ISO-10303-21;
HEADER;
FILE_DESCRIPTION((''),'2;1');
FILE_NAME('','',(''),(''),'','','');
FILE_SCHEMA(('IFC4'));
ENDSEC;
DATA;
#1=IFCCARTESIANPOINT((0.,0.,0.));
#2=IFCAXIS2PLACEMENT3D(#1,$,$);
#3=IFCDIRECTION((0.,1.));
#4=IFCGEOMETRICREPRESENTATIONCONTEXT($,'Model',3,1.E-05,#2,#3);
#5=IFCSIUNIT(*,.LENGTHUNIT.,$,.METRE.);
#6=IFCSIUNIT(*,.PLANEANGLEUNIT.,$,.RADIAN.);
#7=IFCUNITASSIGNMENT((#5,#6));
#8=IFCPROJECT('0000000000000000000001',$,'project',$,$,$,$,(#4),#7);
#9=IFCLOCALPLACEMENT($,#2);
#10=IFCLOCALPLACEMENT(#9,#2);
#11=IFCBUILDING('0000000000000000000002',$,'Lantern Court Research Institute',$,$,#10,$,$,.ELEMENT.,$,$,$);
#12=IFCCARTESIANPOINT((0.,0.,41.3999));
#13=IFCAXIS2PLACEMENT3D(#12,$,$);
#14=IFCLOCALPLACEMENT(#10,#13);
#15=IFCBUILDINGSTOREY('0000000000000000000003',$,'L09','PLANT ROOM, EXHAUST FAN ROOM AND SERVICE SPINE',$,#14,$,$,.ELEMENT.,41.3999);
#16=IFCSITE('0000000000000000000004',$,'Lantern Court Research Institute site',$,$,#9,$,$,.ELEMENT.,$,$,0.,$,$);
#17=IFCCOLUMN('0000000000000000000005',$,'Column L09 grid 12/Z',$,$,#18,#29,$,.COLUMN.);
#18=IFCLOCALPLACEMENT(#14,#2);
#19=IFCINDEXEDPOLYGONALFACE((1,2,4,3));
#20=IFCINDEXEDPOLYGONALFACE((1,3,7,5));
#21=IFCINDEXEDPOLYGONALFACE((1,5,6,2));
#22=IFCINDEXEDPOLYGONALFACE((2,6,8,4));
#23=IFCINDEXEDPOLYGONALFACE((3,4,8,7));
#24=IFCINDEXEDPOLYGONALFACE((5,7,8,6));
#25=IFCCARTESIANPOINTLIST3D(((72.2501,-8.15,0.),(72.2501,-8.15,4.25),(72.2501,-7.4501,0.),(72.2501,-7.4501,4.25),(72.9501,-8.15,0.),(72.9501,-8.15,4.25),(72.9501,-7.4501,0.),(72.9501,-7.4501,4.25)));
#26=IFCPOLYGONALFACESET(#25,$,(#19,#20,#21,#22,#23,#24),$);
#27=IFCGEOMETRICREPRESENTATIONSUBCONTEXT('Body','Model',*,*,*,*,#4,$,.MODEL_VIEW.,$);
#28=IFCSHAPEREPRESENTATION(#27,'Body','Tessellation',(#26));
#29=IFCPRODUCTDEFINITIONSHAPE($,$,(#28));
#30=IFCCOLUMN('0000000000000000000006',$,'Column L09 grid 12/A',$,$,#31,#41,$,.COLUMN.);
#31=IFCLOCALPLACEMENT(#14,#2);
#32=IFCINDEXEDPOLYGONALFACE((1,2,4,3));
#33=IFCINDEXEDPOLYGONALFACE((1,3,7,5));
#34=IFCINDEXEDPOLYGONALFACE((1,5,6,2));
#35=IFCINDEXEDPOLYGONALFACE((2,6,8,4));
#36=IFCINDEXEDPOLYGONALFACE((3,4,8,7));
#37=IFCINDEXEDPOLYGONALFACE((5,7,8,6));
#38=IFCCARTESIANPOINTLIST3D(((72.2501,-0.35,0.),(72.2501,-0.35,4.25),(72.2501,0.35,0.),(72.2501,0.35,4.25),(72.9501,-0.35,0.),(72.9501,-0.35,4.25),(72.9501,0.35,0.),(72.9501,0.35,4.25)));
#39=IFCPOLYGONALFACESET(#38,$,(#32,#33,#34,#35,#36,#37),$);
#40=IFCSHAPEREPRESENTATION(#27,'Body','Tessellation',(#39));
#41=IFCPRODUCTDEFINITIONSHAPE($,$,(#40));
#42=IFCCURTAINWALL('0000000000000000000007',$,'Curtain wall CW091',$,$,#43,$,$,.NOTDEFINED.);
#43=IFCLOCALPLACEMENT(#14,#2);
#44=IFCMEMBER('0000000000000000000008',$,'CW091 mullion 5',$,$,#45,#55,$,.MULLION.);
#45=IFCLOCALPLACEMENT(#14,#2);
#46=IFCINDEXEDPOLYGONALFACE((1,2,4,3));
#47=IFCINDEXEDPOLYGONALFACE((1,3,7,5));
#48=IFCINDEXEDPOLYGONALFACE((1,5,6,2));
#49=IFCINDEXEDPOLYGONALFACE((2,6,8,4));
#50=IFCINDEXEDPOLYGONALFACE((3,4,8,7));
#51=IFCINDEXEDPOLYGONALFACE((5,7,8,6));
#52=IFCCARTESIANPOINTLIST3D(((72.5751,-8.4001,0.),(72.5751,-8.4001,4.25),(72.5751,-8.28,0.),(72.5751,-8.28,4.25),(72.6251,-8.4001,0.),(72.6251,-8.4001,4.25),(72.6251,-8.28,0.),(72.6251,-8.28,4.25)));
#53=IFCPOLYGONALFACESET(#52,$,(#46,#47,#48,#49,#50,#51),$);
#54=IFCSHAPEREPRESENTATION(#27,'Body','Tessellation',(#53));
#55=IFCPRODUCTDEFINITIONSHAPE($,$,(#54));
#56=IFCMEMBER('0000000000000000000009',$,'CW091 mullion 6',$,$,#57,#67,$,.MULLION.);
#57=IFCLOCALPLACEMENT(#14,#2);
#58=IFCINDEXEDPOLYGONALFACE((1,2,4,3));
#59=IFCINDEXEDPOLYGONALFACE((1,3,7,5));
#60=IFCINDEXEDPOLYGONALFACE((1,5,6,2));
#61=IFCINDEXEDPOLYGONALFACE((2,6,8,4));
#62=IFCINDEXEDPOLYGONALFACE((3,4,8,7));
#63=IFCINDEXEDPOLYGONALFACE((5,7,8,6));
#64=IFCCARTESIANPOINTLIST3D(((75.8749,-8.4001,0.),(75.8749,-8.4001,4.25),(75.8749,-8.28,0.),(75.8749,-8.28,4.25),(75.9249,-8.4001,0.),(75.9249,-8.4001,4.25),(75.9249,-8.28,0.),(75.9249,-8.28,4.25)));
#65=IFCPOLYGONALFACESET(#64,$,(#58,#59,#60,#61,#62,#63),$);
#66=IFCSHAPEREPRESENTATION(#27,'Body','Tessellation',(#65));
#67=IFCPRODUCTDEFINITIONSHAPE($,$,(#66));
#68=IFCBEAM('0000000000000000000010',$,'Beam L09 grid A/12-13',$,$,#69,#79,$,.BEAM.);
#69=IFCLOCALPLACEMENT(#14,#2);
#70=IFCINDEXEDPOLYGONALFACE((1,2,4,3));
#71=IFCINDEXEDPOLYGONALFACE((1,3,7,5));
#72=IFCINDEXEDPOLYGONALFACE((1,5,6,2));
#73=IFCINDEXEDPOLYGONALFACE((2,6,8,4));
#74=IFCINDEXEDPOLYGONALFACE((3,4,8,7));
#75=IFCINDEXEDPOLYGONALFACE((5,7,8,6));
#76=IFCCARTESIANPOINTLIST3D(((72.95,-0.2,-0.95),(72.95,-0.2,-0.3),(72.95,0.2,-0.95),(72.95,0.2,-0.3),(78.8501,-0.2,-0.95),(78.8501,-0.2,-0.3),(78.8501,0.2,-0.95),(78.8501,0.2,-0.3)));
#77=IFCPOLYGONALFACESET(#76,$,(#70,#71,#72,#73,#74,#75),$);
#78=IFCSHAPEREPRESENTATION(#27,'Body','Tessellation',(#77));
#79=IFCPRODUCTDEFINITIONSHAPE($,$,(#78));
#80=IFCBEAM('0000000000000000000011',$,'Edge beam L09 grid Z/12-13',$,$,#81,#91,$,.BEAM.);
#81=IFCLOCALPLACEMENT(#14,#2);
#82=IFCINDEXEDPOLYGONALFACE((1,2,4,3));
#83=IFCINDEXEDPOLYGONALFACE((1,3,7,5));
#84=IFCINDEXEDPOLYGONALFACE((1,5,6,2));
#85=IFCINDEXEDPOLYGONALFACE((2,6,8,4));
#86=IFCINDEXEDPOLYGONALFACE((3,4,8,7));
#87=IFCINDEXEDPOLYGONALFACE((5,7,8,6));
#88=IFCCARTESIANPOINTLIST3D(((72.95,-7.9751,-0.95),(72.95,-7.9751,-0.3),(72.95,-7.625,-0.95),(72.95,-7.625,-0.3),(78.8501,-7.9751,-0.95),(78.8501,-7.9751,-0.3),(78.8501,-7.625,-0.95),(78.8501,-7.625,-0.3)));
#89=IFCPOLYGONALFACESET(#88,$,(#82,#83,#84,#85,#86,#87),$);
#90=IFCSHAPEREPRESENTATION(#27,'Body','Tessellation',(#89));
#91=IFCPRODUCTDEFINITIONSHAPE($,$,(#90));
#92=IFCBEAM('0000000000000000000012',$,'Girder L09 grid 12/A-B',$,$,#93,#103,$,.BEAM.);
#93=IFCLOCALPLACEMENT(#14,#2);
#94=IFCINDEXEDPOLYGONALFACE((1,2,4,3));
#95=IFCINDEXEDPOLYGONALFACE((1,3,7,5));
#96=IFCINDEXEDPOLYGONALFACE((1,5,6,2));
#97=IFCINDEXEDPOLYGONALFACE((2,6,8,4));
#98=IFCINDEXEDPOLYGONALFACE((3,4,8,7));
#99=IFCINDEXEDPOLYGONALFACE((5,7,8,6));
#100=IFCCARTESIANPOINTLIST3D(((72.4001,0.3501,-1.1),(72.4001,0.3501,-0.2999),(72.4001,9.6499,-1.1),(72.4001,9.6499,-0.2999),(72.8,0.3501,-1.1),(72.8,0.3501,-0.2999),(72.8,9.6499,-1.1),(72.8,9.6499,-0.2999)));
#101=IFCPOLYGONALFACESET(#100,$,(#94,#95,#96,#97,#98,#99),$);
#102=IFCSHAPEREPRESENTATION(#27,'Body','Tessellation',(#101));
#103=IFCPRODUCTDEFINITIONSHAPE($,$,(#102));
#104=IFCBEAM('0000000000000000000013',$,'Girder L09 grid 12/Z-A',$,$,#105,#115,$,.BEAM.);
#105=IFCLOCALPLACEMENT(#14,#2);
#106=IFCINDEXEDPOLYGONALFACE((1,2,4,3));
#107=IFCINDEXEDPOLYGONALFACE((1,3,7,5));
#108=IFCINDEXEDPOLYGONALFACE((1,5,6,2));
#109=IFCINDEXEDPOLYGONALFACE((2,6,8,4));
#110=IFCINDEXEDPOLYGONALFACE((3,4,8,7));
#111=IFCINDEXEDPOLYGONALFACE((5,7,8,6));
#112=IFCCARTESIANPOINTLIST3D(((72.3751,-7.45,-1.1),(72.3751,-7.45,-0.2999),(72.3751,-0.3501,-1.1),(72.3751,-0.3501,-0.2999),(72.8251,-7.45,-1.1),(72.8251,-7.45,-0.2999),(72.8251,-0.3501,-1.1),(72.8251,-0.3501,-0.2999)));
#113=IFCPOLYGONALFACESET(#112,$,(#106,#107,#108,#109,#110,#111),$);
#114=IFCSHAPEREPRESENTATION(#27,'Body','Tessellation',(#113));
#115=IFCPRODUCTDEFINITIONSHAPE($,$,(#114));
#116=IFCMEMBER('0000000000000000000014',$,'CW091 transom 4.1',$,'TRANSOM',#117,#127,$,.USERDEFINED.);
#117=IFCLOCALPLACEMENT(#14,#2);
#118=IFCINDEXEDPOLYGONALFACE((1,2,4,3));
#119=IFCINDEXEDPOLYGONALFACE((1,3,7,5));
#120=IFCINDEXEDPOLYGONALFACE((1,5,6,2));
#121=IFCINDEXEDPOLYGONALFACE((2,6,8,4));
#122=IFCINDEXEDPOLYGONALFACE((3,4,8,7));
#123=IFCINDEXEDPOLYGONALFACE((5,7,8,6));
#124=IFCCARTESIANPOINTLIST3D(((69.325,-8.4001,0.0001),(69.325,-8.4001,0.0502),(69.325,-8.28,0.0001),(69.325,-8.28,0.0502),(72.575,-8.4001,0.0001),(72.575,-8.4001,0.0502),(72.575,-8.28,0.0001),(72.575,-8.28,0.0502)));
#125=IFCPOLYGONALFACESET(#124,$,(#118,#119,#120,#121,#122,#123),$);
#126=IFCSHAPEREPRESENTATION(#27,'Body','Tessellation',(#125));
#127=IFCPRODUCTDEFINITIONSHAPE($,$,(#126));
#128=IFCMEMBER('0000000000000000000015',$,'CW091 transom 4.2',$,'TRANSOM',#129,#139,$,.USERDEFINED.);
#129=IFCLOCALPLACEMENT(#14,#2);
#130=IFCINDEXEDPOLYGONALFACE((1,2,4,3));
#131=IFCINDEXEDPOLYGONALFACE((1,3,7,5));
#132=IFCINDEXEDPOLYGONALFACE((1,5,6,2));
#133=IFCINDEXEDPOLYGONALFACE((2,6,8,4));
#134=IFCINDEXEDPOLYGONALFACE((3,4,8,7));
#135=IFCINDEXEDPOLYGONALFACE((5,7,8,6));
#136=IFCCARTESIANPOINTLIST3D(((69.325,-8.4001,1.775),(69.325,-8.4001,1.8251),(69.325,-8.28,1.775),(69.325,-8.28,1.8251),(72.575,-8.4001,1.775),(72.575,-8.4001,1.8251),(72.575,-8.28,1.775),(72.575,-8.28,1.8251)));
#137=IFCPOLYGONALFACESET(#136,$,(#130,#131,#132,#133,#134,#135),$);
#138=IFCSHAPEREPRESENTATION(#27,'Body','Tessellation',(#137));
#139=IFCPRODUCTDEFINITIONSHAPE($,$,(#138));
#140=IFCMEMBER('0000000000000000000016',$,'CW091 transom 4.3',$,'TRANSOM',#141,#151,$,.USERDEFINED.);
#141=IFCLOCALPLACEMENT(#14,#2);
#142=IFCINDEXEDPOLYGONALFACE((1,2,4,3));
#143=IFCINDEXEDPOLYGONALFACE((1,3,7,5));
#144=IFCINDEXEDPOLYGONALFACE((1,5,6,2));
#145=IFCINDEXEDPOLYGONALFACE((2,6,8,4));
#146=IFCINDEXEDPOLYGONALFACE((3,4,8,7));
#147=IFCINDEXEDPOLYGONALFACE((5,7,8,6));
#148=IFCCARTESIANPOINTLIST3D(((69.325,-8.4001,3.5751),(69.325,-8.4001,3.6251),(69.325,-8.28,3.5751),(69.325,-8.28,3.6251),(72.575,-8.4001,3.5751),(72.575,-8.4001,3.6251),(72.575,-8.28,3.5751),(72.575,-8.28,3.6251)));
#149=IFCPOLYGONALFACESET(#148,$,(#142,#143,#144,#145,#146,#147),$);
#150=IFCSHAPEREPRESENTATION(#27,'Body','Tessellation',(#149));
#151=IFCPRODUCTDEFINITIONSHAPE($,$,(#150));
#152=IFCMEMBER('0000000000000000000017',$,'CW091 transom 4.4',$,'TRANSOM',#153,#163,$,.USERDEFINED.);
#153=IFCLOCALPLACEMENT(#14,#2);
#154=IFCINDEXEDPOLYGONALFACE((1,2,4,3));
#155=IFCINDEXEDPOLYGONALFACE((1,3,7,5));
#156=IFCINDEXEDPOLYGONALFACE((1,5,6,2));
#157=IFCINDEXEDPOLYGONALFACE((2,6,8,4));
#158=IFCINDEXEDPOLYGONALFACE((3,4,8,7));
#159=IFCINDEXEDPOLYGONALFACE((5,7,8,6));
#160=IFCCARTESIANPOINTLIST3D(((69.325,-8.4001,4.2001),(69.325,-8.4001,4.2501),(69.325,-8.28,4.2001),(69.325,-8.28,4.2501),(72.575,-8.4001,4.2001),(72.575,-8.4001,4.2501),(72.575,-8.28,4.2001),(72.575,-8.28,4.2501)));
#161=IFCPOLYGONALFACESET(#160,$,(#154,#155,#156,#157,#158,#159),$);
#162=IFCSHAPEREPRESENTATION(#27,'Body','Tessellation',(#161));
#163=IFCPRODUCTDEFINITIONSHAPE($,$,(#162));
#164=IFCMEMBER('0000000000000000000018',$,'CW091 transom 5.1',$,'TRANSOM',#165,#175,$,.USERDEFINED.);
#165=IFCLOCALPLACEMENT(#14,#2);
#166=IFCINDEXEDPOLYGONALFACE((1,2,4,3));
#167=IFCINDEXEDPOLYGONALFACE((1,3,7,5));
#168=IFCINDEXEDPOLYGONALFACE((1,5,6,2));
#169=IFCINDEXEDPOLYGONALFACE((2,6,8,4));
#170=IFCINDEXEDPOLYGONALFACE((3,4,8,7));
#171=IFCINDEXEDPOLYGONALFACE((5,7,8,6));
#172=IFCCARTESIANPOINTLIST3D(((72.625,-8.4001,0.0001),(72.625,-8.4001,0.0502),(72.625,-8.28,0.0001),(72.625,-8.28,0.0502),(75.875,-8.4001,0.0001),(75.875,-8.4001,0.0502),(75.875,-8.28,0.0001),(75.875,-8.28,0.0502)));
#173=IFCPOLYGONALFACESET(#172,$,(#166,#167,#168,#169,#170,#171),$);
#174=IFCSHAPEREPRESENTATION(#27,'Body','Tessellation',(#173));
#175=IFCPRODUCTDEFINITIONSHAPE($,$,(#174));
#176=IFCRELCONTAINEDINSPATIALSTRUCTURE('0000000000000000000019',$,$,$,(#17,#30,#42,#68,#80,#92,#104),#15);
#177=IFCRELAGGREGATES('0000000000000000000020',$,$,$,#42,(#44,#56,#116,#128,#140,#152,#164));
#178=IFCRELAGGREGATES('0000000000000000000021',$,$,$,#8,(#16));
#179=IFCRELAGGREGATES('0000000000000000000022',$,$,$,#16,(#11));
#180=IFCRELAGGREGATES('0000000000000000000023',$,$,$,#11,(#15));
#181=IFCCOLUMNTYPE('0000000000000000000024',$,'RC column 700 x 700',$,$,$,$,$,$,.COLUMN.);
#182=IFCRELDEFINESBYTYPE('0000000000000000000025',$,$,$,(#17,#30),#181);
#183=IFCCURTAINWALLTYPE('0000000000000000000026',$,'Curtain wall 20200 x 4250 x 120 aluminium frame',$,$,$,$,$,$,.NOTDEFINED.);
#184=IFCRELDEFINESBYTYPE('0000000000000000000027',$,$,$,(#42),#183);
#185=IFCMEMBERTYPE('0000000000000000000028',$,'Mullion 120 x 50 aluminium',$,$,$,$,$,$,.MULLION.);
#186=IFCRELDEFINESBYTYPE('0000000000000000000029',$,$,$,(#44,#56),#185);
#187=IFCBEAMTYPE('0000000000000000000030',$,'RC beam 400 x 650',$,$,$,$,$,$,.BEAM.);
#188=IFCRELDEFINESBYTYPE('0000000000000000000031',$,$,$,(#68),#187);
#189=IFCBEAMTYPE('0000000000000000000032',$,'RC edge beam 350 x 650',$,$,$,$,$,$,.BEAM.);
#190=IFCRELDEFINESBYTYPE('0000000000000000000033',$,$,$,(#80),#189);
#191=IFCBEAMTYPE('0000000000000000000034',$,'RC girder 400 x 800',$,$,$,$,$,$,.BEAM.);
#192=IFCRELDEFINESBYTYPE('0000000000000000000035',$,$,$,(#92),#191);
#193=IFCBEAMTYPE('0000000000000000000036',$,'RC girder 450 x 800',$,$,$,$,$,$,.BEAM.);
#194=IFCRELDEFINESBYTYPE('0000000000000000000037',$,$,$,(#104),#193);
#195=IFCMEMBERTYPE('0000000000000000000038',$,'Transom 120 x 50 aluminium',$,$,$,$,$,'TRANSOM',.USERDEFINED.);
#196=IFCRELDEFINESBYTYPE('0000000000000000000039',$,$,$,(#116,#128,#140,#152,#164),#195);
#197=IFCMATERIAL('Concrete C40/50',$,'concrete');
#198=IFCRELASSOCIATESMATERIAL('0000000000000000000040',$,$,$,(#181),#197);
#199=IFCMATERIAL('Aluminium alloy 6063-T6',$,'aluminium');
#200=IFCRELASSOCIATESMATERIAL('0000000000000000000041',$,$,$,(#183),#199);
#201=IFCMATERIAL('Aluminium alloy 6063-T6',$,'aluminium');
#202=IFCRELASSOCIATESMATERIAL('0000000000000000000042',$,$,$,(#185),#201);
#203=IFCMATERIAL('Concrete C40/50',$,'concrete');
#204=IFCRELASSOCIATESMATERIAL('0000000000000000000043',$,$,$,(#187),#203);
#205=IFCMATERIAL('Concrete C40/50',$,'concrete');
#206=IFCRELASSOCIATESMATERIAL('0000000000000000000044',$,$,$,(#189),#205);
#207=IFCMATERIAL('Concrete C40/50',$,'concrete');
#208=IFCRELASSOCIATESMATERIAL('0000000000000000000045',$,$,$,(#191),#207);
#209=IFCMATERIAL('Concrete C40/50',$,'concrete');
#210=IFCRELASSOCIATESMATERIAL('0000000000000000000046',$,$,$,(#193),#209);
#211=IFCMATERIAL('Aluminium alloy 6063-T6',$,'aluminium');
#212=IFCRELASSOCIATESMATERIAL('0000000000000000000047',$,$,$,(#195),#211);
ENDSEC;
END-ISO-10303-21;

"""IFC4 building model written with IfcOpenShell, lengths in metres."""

from ifc_helpers import new_model, si_unit, direction, frame, origin, origin_2d, place, context, subcontext, project, spatial, rectangle, extrude, material, material_profile, profile_set, type_object, element, aggregate, save


model = new_model("IFC4")

# Units and contexts
model_context = context("Model", 3, precision=1e-05, world=origin(), true_north=direction((0.0, 1.0)))
body_context = subcontext(model_context, "Body", "Model", "MODEL_VIEW")
ifc_project = project(units=[si_unit("LENGTHUNIT", "METRE"), si_unit("PLANEANGLEUNIT", "RADIAN")], contexts=[model_context])

# Site, building, storey
site_placement = place(None, origin())
site = spatial("IfcSite", under=ifc_project, at=site_placement, Name="Lantern Court Research Institute site", CompositionType="ELEMENT", RefElevation=0.0)
building_placement = place(site_placement, origin())
building = spatial("IfcBuilding", under=site, at=building_placement, Name="Lantern Court Research Institute", CompositionType="ELEMENT")
storey_placement = place(building_placement, frame((0.0, 0.0, 41.3999)))
storey = spatial("IfcBuildingStorey", under=building, at=storey_placement, Name="L09", Description="PLANT ROOM, EXHAUST FAN ROOM AND SERVICE SPINE", CompositionType="ELEMENT", Elevation=41.3999)

# Columns
ifc_material_1 = material(Name="Concrete C40/50", Category="concrete")
ifc_material_profile_1 = material_profile(ifc_material_1, rectangle(XDim=0.7, YDim=0.7, at=origin_2d()), Name="RC column 700 x 700")
ifc_profile_set_1 = profile_set([ifc_material_profile_1], Name="Concrete C40/50")
column_type = type_object("IfcColumnType", Name="RC column 700 x 700", PredefinedType="COLUMN", material=ifc_profile_set_1)
for number, where, z_axis, x_axis, name in (
    (1, (72.6001, -7.8, 0.0), (0.0, 0.0, 1.0), (1.0, 0.0, 0.0), "Column L09 grid 12/Z"),
    (2, (72.6001, 0.0, 0.0), (0.0, 0.0, 1.0), (1.0, 0.0, 0.0), "Column L09 grid 12/A"),
):
    element("IfcColumn", number, at=place(storey_placement, frame(where, z_axis=z_axis, x_axis=x_axis)), inside=storey, type_object=column_type, Name=name, PredefinedType="COLUMN", context=body_context, shape_type="SweptSolid", body=[
        extrude(rectangle(XDim=0.7, YDim=0.7, at=origin_2d()), origin(), (0.0, 0.0, 1.0), 4.25),
    ])

# Curtain wall, members
ifc_material_2 = material(Name="Aluminium alloy 6063-T6", Category="aluminium")
curtain_wall_type = type_object("IfcCurtainWallType", Name="Curtain wall 20200 x 4250 x 120 aluminium frame", PredefinedType="NOTDEFINED", material=ifc_material_2)
curtain_wall_placement = place(storey_placement, origin())
curtain_wall = element("IfcCurtainWall", 3, at=curtain_wall_placement, inside=storey, type_object=curtain_wall_type, Name="Curtain wall CW091", PredefinedType="NOTDEFINED")
ifc_material_3 = material(Name="Aluminium alloy 6063-T6", Category="aluminium")
ifc_material_profile_2 = material_profile(ifc_material_3, rectangle(XDim=0.1201, YDim=0.05, at=origin_2d()), Name="Mullion 120 x 50")
ifc_profile_set_2 = profile_set([ifc_material_profile_2], Name="Aluminium alloy 6063-T6")
member_type_1 = type_object("IfcMemberType", Name="Mullion 120 x 50 aluminium", PredefinedType="MULLION", material=ifc_profile_set_2)
member_1_placement = place(storey_placement, frame((72.6001, -8.3401, 0.0), z_axis=(0.0, 0.0, 1.0), x_axis=(0.0, -1.0, 0.0)))
member_1 = element("IfcMember", 4, at=member_1_placement, type_object=member_type_1, Name="CW091 mullion 5", PredefinedType="MULLION", context=body_context, shape_type="SweptSolid", body=[
    extrude(rectangle(XDim=0.1201, YDim=0.05, at=origin_2d()), origin(), (0.0, 0.0, 1.0), 4.25),
])
member_2_placement = place(storey_placement, frame((75.8999, -8.3401, 0.0), z_axis=(0.0, 0.0, 1.0), x_axis=(0.0, -1.0, 0.0)))
member_2 = element("IfcMember", 5, at=member_2_placement, type_object=member_type_1, Name="CW091 mullion 6", PredefinedType="MULLION", context=body_context, shape_type="SweptSolid", body=[
    extrude(rectangle(XDim=0.1201, YDim=0.05, at=origin_2d()), origin(), (0.0, 0.0, 1.0), 4.25),
])

# Beams
ifc_material_4 = material(Name="Concrete C40/50", Category="concrete")
ifc_material_profile_3 = material_profile(ifc_material_4, rectangle(XDim=0.3999, YDim=0.6499, at=origin_2d()), Name="RC beam 400 x 650")
ifc_profile_set_3 = profile_set([ifc_material_profile_3], Name="Concrete C40/50")
beam_type_1 = type_object("IfcBeamType", Name="RC beam 400 x 650", PredefinedType="BEAM", material=ifc_profile_set_3)
beam_1_placement = place(storey_placement, frame((72.95, 0.0, -0.625), z_axis=(1.0, 0.0, 0.0), x_axis=(0.0, 1.0, 0.0)))
element("IfcBeam", 6, at=beam_1_placement, inside=storey, type_object=beam_type_1, Name="Beam L09 grid A/12-13", PredefinedType="BEAM", context=body_context, shape_type="SweptSolid", body=[
    extrude(rectangle(XDim=0.3999, YDim=0.6499, at=origin_2d()), origin(), (0.0, 0.0, 1.0), 5.9001),
])
ifc_material_5 = material(Name="Concrete C40/50", Category="concrete")
ifc_material_profile_4 = material_profile(ifc_material_5, rectangle(XDim=0.3501, YDim=0.6499, at=origin_2d()), Name="RC beam 350 x 650")
ifc_profile_set_4 = profile_set([ifc_material_profile_4], Name="Concrete C40/50")
beam_type_2 = type_object("IfcBeamType", Name="RC edge beam 350 x 650", PredefinedType="BEAM", material=ifc_profile_set_4)
beam_2_placement = place(storey_placement, frame((72.95, -7.8, -0.625), z_axis=(1.0, 0.0, 0.0), x_axis=(0.0, 1.0, 0.0)))
element("IfcBeam", 7, at=beam_2_placement, inside=storey, type_object=beam_type_2, Name="Edge beam L09 grid Z/12-13", PredefinedType="BEAM", context=body_context, shape_type="SweptSolid", body=[
    extrude(rectangle(XDim=0.3501, YDim=0.6499, at=origin_2d()), origin(), (0.0, 0.0, 1.0), 5.9001),
])
ifc_material_6 = material(Name="Concrete C40/50", Category="concrete")
ifc_material_profile_5 = material_profile(ifc_material_6, rectangle(XDim=0.3999, YDim=0.8, at=origin_2d()), Name="RC beam 400 x 800")
ifc_profile_set_5 = profile_set([ifc_material_profile_5], Name="Concrete C40/50")
beam_type_3 = type_object("IfcBeamType", Name="RC girder 400 x 800", PredefinedType="BEAM", material=ifc_profile_set_5)
beam_3_placement = place(storey_placement, frame((72.6001, 0.3501, -0.7), z_axis=(0.0, 1.0, 0.0), x_axis=(-1.0, 0.0, 0.0)))
element("IfcBeam", 8, at=beam_3_placement, inside=storey, type_object=beam_type_3, Name="Girder L09 grid 12/A-B", PredefinedType="BEAM", context=body_context, shape_type="SweptSolid", body=[
    extrude(rectangle(XDim=0.3999, YDim=0.8, at=origin_2d()), origin(), (0.0, 0.0, 1.0), 9.2998),
])
ifc_material_7 = material(Name="Concrete C40/50", Category="concrete")
ifc_material_profile_6 = material_profile(ifc_material_7, rectangle(XDim=0.45, YDim=0.8, at=origin_2d()), Name="RC beam 450 x 800")
ifc_profile_set_6 = profile_set([ifc_material_profile_6], Name="Concrete C40/50")
beam_type_4 = type_object("IfcBeamType", Name="RC girder 450 x 800", PredefinedType="BEAM", material=ifc_profile_set_6)
beam_4_placement = place(storey_placement, frame((72.6001, -7.45, -0.7), z_axis=(0.0, 1.0, 0.0), x_axis=(-1.0, 0.0, 0.0)))
element("IfcBeam", 9, at=beam_4_placement, inside=storey, type_object=beam_type_4, Name="Girder L09 grid 12/Z-A", PredefinedType="BEAM", context=body_context, shape_type="SweptSolid", body=[
    extrude(rectangle(XDim=0.45, YDim=0.8, at=origin_2d()), origin(), (0.0, 0.0, 1.0), 7.0999),
])

# Members
ifc_material_8 = material(Name="Aluminium alloy 6063-T6", Category="aluminium")
ifc_material_profile_7 = material_profile(ifc_material_8, rectangle(XDim=0.1201, YDim=0.05, at=origin_2d()), Name="Transom 120 x 50")
ifc_profile_set_7 = profile_set([ifc_material_profile_7], Name="Aluminium alloy 6063-T6")
member_type_2 = type_object("IfcMemberType", Name="Transom 120 x 50 aluminium", ElementType="TRANSOM", PredefinedType="USERDEFINED", material=ifc_profile_set_7)
member_3_placement = place(storey_placement, frame((72.575, -8.3401, 0.0251), z_axis=(-1.0, 0.0, 0.0), x_axis=(0.0, -1.0, 0.0)))
member_3 = element("IfcMember", 10, at=member_3_placement, type_object=member_type_2, Name="CW091 transom 4.1", ObjectType="TRANSOM", PredefinedType="USERDEFINED", context=body_context, shape_type="SweptSolid", body=[
    extrude(rectangle(XDim=0.1201, YDim=0.05, at=origin_2d()), origin(), (0.0, 0.0, 1.0), 3.25),
])
member_4_placement = place(storey_placement, frame((72.575, -8.3401, 1.8), z_axis=(-1.0, 0.0, 0.0), x_axis=(0.0, -1.0, 0.0)))
member_4 = element("IfcMember", 11, at=member_4_placement, type_object=member_type_2, Name="CW091 transom 4.2", ObjectType="TRANSOM", PredefinedType="USERDEFINED", context=body_context, shape_type="SweptSolid", body=[
    extrude(rectangle(XDim=0.1201, YDim=0.05, at=origin_2d()), origin(), (0.0, 0.0, 1.0), 3.25),
])
member_5_placement = place(storey_placement, frame((72.575, -8.3401, 3.6001), z_axis=(-1.0, 0.0, 0.0), x_axis=(0.0, -1.0, 0.0)))
member_5 = element("IfcMember", 12, at=member_5_placement, type_object=member_type_2, Name="CW091 transom 4.3", ObjectType="TRANSOM", PredefinedType="USERDEFINED", context=body_context, shape_type="SweptSolid", body=[
    extrude(rectangle(XDim=0.1201, YDim=0.05, at=origin_2d()), origin(), (0.0, 0.0, 1.0), 3.25),
])
member_6_placement = place(storey_placement, frame((72.575, -8.3401, 4.2251), z_axis=(-1.0, 0.0, 0.0), x_axis=(0.0, -1.0, 0.0)))
member_6 = element("IfcMember", 13, at=member_6_placement, type_object=member_type_2, Name="CW091 transom 4.4", ObjectType="TRANSOM", PredefinedType="USERDEFINED", context=body_context, shape_type="SweptSolid", body=[
    extrude(rectangle(XDim=0.1201, YDim=0.05, at=origin_2d()), origin(), (0.0, 0.0, 1.0), 3.25),
])
member_7_placement = place(storey_placement, frame((75.875, -8.3401, 0.0251), z_axis=(-1.0, 0.0, 0.0), x_axis=(0.0, -1.0, 0.0)))
member_7 = element("IfcMember", 14, at=member_7_placement, type_object=member_type_2, Name="CW091 transom 5.1", ObjectType="TRANSOM", PredefinedType="USERDEFINED", context=body_context, shape_type="SweptSolid", body=[
    extrude(rectangle(XDim=0.1201, YDim=0.05, at=origin_2d()), origin(), (0.0, 0.0, 1.0), 3.25),
])

aggregate(curtain_wall, [member_1, member_2, member_3, member_4, member_5, member_6, member_7])

save(model, "model.ifc")
